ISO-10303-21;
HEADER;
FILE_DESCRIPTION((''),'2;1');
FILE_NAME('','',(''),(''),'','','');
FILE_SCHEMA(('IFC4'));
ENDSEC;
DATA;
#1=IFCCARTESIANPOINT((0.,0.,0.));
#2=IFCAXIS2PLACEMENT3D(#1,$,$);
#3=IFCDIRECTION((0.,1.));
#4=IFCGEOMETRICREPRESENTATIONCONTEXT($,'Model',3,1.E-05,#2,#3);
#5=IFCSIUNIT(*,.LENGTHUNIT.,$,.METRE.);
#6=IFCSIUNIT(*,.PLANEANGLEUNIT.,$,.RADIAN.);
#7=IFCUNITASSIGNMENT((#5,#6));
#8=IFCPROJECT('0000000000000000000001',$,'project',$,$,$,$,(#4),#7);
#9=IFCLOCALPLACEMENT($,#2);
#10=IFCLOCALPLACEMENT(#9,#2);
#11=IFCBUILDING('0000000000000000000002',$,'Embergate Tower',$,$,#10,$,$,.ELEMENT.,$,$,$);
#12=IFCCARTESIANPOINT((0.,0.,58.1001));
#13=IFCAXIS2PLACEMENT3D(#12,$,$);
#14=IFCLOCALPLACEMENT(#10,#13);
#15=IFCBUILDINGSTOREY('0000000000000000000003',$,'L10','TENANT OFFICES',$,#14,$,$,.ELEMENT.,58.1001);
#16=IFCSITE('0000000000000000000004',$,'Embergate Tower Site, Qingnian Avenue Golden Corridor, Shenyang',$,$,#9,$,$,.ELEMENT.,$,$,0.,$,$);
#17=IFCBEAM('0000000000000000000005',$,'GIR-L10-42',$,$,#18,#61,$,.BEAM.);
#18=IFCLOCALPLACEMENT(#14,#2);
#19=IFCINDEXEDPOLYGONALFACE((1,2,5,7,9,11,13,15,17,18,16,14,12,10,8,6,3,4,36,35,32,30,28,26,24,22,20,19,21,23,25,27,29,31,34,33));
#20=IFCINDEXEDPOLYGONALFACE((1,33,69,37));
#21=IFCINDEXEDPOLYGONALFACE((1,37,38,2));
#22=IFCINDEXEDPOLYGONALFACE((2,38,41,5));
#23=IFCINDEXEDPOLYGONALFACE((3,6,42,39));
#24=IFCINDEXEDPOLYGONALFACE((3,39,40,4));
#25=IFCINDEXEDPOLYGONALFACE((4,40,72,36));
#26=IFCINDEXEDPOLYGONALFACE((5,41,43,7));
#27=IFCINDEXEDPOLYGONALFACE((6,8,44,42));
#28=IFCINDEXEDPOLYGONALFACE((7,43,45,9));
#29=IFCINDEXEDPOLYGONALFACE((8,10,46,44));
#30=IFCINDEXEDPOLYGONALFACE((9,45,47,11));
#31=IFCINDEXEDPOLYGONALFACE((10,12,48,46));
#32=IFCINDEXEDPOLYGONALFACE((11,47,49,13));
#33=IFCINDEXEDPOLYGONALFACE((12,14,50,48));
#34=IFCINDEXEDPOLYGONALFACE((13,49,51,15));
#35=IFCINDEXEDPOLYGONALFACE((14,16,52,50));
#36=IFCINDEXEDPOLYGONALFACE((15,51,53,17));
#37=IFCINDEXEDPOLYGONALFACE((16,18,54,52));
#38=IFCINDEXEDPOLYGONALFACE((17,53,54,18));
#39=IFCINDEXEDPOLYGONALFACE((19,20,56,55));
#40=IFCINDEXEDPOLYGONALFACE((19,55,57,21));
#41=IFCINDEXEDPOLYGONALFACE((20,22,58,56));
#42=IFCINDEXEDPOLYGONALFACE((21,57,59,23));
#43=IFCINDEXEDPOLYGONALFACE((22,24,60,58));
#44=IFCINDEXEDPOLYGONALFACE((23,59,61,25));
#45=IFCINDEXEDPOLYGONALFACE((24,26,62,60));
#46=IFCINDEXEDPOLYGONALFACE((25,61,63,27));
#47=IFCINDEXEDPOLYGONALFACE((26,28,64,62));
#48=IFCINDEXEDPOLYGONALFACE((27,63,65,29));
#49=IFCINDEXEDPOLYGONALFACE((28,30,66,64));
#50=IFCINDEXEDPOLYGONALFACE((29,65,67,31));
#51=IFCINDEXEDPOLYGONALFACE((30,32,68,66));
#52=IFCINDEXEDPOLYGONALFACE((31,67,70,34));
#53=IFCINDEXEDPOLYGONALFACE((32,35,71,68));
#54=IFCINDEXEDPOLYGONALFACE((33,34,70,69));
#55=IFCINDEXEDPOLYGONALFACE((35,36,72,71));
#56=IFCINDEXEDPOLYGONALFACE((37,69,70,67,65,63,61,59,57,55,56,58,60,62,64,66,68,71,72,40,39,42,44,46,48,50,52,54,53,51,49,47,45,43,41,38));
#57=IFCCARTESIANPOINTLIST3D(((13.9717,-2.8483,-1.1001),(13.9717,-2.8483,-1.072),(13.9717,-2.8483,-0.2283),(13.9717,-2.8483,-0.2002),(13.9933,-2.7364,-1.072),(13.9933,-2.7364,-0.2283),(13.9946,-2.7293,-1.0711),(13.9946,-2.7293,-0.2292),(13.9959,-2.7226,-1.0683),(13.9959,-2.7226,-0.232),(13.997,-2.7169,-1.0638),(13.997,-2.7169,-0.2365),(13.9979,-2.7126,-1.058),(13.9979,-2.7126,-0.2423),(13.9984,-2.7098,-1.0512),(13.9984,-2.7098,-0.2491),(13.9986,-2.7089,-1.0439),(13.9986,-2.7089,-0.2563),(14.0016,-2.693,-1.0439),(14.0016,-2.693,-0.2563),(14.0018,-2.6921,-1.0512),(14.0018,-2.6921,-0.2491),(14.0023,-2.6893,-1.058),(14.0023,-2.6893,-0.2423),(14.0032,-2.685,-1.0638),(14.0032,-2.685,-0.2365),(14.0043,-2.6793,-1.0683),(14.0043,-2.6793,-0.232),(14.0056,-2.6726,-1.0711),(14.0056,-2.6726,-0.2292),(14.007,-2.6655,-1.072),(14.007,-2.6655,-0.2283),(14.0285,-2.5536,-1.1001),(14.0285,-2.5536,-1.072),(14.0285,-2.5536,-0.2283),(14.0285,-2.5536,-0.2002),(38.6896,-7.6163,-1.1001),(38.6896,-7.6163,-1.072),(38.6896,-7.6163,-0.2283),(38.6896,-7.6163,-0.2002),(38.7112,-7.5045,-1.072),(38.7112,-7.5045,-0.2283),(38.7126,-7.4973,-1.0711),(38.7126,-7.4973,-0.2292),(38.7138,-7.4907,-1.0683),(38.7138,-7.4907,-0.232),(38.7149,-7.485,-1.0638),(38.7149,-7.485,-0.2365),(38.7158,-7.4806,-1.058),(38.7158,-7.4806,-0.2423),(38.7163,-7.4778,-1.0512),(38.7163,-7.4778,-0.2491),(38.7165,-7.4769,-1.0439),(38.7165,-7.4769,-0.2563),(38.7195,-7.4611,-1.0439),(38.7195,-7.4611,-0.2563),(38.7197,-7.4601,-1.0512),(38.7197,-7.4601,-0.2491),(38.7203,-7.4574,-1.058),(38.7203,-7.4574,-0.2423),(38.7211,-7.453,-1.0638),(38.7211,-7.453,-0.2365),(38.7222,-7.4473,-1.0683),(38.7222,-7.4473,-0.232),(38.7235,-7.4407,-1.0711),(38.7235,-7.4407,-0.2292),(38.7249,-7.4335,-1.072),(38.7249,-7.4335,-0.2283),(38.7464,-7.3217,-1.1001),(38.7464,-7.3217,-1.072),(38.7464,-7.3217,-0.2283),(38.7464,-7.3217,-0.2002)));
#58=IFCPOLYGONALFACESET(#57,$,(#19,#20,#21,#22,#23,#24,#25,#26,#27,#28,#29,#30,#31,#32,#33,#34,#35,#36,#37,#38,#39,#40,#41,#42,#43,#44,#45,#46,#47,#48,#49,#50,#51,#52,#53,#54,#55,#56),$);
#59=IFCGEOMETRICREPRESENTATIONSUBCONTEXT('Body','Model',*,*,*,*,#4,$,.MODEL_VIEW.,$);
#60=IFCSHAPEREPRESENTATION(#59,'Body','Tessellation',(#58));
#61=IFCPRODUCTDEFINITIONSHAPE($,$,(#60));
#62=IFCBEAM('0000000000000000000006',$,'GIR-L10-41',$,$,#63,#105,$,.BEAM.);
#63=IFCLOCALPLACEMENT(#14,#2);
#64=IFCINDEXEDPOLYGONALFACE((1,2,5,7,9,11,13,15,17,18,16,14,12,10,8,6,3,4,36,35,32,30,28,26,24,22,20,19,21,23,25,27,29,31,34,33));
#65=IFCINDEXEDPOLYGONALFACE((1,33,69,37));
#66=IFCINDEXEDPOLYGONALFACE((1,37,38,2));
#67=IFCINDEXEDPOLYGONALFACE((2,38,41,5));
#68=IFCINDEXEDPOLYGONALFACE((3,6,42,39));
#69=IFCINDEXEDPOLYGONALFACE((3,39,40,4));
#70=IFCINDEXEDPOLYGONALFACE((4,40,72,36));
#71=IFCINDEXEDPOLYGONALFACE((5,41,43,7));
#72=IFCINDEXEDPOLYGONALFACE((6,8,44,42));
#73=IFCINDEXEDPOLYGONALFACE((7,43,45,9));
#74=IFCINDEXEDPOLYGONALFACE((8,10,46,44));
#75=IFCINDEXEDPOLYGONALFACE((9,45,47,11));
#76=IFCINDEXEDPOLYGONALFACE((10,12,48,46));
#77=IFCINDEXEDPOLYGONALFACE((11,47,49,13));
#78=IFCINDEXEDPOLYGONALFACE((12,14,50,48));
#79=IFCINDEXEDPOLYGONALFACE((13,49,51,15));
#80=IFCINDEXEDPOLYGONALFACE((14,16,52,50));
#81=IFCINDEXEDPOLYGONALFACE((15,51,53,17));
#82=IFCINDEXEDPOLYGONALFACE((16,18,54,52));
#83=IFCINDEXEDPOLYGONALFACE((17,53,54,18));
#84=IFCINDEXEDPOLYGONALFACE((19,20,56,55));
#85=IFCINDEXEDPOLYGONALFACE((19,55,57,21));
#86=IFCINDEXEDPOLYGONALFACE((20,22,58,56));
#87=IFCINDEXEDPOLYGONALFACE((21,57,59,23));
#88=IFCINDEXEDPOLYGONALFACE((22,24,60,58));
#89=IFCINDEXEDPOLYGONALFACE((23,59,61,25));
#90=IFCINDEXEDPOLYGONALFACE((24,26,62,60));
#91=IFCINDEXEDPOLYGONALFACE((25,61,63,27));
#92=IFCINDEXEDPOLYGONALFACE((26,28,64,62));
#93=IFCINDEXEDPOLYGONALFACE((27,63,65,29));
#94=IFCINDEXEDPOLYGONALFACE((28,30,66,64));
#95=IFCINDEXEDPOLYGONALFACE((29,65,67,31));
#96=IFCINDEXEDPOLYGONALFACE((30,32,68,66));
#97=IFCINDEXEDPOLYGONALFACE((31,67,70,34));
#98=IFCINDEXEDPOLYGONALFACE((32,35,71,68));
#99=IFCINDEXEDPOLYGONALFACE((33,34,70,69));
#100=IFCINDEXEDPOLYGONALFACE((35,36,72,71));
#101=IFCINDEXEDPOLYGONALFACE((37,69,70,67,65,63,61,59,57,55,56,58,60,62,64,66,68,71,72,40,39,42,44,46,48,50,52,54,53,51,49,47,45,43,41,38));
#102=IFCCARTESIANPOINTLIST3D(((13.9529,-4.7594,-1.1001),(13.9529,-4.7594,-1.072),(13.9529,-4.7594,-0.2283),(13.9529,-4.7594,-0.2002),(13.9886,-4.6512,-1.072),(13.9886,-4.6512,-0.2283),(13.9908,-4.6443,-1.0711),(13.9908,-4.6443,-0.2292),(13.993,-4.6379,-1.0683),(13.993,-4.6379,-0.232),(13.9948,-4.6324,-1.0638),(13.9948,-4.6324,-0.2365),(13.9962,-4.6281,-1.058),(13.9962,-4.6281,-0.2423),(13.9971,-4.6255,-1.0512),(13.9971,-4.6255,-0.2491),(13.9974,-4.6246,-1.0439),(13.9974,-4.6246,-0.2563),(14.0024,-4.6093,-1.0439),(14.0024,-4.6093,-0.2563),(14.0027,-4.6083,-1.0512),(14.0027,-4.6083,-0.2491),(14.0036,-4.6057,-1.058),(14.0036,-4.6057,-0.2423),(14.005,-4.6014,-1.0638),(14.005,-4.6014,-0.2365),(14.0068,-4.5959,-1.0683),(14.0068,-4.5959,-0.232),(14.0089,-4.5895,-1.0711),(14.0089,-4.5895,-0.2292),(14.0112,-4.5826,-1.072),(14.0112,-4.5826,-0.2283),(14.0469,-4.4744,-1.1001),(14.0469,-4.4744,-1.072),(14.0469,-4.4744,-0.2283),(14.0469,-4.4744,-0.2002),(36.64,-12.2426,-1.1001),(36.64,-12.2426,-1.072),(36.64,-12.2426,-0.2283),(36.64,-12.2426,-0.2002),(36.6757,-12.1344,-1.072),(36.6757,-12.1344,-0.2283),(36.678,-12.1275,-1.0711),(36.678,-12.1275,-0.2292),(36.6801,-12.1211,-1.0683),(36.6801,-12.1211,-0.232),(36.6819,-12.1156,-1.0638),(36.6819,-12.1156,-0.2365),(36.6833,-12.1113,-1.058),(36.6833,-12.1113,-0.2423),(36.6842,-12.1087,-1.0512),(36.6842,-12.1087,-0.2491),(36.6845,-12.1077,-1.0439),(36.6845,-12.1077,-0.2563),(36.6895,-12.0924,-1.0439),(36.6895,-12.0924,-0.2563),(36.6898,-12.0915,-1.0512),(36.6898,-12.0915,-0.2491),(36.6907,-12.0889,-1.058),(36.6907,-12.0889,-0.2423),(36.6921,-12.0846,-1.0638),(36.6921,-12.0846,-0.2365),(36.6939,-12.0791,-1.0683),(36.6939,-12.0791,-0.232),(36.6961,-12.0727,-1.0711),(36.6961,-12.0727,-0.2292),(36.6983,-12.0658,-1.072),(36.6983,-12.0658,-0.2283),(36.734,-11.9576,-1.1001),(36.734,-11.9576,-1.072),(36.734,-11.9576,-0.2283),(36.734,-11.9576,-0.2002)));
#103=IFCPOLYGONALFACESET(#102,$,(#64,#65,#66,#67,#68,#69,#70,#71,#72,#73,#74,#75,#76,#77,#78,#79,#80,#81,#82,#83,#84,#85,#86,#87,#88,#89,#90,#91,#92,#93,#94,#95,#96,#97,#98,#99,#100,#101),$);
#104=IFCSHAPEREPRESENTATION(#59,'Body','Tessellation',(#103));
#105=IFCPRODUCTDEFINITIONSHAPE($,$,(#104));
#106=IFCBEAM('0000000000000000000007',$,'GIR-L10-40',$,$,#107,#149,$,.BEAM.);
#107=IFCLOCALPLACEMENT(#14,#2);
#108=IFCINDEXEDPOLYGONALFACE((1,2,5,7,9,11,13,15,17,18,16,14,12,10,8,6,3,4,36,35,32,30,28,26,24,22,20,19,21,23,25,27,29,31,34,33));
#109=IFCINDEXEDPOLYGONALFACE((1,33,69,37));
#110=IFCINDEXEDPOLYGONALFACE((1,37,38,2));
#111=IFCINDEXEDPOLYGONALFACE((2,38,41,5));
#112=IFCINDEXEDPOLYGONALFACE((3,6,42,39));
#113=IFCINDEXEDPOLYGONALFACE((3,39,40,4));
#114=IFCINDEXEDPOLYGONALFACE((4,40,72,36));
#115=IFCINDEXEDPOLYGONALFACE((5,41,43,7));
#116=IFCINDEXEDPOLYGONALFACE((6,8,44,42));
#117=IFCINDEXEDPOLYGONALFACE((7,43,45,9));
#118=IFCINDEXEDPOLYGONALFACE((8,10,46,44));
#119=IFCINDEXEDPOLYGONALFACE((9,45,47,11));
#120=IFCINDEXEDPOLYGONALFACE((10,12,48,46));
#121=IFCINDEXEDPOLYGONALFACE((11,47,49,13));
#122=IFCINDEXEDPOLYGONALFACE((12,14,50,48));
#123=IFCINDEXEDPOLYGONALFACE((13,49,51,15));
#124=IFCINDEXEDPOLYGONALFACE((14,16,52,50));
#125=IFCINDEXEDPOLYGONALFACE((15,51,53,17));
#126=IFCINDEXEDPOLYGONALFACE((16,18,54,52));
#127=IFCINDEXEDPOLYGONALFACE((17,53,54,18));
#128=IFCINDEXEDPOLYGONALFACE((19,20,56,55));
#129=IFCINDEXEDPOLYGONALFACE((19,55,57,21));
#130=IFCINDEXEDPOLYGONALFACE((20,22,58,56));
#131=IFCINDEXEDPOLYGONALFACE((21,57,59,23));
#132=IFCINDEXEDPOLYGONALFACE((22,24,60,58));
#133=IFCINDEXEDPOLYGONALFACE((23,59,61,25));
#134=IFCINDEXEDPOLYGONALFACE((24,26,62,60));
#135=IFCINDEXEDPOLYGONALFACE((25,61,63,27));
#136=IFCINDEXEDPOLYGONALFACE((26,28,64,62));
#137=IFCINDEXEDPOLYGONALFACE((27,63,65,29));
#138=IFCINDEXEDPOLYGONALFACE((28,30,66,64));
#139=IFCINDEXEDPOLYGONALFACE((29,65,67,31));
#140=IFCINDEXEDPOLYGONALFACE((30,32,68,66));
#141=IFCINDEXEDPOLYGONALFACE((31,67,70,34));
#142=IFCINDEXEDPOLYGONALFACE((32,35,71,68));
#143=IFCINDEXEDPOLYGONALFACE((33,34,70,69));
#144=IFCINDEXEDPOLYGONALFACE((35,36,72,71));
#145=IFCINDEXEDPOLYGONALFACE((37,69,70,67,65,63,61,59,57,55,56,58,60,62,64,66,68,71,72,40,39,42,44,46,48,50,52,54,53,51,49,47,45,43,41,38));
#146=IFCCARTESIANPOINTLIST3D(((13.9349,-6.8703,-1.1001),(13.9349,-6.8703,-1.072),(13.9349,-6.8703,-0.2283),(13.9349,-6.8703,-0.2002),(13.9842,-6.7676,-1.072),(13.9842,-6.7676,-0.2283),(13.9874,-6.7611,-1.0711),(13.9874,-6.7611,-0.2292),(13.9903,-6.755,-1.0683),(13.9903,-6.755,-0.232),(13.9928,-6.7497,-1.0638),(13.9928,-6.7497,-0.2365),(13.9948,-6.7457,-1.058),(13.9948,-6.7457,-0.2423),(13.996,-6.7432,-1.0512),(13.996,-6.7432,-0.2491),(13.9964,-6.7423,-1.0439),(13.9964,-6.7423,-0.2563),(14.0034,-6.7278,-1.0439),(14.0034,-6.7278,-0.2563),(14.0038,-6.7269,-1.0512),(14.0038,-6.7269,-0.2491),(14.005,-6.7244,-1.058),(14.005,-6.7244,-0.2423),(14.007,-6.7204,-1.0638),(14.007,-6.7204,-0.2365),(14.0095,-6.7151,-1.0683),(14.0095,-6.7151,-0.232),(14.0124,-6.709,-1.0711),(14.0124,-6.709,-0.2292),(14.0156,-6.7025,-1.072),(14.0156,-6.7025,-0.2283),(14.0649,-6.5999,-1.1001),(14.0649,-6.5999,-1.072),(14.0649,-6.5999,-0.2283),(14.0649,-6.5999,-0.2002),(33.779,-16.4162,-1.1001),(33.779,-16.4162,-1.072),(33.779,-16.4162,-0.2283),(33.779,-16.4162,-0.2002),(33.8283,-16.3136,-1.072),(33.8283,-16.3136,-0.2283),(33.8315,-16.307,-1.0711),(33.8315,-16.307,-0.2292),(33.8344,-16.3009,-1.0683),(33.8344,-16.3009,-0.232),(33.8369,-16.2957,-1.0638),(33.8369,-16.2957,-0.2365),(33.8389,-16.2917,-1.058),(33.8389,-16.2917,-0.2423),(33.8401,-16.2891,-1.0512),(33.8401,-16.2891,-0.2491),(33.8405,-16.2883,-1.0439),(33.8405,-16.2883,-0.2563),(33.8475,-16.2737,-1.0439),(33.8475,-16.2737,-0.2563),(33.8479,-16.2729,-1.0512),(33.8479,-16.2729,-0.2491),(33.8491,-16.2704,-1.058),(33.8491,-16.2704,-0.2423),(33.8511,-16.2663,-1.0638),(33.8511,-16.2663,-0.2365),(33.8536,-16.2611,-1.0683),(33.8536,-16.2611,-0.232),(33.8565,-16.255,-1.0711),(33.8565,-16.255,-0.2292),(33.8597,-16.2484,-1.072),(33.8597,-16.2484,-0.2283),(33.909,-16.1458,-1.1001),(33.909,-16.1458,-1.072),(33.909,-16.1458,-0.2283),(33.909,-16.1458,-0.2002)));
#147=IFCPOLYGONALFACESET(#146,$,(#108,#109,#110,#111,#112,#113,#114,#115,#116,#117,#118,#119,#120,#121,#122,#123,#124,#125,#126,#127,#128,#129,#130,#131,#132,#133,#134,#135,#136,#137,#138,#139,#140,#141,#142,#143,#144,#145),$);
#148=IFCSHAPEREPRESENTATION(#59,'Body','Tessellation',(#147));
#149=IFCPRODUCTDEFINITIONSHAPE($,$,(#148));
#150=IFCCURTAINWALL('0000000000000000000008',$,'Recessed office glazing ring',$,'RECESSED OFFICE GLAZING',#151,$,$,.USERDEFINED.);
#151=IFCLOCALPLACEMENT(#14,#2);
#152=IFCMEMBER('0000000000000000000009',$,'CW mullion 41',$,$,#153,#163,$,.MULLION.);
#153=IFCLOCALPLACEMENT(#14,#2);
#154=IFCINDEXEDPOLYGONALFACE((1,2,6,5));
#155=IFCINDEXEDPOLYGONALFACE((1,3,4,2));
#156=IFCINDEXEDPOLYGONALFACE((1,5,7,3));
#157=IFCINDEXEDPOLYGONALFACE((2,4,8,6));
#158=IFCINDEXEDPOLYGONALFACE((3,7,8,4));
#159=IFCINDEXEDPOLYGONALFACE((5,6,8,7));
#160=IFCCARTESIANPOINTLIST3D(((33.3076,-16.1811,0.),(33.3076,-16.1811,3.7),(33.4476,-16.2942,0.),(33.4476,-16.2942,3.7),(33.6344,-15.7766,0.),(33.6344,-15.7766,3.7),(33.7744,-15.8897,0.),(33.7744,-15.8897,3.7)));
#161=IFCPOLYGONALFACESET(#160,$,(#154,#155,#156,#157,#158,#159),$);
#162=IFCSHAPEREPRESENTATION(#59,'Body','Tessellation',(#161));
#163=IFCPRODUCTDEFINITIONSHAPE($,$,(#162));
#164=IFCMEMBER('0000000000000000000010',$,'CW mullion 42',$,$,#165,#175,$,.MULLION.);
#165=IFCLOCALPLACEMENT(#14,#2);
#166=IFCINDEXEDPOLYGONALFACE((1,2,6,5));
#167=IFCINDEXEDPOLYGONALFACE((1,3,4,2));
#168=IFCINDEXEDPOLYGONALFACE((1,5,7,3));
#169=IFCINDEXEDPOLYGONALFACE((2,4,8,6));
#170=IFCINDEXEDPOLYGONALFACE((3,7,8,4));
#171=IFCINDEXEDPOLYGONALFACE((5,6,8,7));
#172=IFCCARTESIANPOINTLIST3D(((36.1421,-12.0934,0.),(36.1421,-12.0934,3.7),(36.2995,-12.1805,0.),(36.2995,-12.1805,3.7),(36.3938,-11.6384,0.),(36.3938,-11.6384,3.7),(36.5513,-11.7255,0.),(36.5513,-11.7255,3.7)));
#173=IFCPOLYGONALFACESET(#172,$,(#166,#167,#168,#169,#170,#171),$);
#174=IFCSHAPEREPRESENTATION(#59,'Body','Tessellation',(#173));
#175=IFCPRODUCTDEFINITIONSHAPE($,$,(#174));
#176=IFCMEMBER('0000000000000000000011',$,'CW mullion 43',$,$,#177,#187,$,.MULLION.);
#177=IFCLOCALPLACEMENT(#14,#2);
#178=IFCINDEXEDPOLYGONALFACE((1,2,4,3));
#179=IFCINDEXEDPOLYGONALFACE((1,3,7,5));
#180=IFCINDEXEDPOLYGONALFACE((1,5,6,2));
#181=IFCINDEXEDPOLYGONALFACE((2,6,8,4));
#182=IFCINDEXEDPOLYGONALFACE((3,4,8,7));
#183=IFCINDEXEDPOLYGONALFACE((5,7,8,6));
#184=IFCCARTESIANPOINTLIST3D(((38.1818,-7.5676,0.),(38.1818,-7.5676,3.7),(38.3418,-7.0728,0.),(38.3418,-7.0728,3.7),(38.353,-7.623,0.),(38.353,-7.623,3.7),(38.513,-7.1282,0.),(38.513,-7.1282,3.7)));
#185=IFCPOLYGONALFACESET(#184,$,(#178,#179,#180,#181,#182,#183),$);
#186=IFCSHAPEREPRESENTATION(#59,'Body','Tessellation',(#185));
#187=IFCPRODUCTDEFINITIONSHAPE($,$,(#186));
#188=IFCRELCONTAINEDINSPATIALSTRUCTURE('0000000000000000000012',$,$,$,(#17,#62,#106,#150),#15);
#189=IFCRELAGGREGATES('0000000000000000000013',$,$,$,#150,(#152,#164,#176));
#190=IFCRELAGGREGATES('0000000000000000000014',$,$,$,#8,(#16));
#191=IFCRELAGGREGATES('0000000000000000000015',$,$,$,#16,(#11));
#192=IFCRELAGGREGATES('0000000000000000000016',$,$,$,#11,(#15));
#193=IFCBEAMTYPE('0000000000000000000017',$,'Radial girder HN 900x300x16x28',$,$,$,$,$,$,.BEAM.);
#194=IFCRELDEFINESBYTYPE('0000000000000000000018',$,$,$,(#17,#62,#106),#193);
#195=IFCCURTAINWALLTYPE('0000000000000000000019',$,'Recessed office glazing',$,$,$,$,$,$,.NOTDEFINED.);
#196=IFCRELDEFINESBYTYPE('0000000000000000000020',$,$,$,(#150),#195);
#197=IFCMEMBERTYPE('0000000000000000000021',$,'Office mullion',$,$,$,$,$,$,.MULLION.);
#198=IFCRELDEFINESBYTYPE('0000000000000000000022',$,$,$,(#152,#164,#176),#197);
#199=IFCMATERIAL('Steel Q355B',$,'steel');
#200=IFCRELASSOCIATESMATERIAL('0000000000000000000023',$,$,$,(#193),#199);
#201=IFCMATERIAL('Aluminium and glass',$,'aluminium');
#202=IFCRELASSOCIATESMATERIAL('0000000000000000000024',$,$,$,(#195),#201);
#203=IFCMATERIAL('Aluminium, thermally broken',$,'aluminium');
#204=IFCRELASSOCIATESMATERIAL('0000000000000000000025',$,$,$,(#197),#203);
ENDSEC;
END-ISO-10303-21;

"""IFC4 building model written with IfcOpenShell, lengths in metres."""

from ifc_helpers import new_model, si_unit, direction, frame, origin, origin_2d, place, context, subcontext, project, spatial, rectangle, i_section, extrude, source, transform, mapped, material, material_profile, profile_set, type_object, element, aggregate, save


model = new_model("IFC4")

# Units and contexts
model_context = context("Model", 3, precision=1e-05, world=origin(), true_north=direction((0.0, 1.0)))
body_context = subcontext(model_context, "Body", "Model", "MODEL_VIEW")
ifc_project = project(units=[si_unit("LENGTHUNIT", "METRE"), si_unit("PLANEANGLEUNIT", "RADIAN")], contexts=[model_context])

# Site, building, storey
site_placement = place(None, origin())
site = spatial("IfcSite", under=ifc_project, at=site_placement, Name="Embergate Tower Site, Qingnian Avenue Golden Corridor, Shenyang", CompositionType="ELEMENT", RefElevation=0.0)
building_placement = place(site_placement, origin())
building = spatial("IfcBuilding", under=site, at=building_placement, Name="Embergate Tower", CompositionType="ELEMENT")
storey_placement = place(building_placement, frame((0.0, 0.0, 58.1001)))
storey = spatial("IfcBuildingStorey", under=building, at=storey_placement, Name="L10", Description="TENANT OFFICES", CompositionType="ELEMENT", Elevation=58.1001)

# Beams
ifc_material_1 = material(Name="Steel Q355B", Category="steel")
ifc_material_profile_1 = material_profile(ifc_material_1, i_section(OverallWidth=0.3, OverallDepth=0.8999, WebThickness=0.0161, FlangeThickness=0.0281, FilletRadius=0.0281, at=origin_2d()), Name="HN 900x300x16x28")
ifc_profile_set_1 = profile_set([ifc_material_profile_1], Name="Steel Q355 grade B")
beam_type_1 = type_object("IfcBeamType", Name="Radial girder HN 900x300x16x28", PredefinedType="BEAM", material=ifc_profile_set_1)
shared_shape_1 = source(origin(), body_context, "Body", "SweptSolid", [
    extrude(i_section(OverallWidth=0.3, OverallDepth=0.8999, WebThickness=0.0161, FlangeThickness=0.0281, FilletRadius=0.0281, at=origin_2d()), origin(), (0.0, 0.0, 1.0), 25.1736),
])
beam_1_placement = place(storey_placement, frame((38.718, -7.469, -0.6501), z_axis=(-0.981899, 0.189407, 0.0), x_axis=(-0.189407, -0.981899, 0.0)))
element("IfcBeam", 1, at=beam_1_placement, inside=storey, type_object=beam_type_1, Name="GIR-L10-42", PredefinedType="BEAM", context=body_context, shape_type="MappedRepresentation", body=[
    mapped(shared_shape_1, transform((0.0, 0.0, 0.0))),
])
shared_shape_2 = source(origin(), body_context, "Body", "SweptSolid", [
    extrude(i_section(OverallWidth=0.3, OverallDepth=0.8999, WebThickness=0.0161, FlangeThickness=0.0281, FilletRadius=0.0281, at=origin_2d()), origin(), (0.0, 0.0, 1.0), 23.8894),
])
beam_2_placement = place(storey_placement, frame((36.687, -12.1001, -0.6501), z_axis=(-0.949673, 0.313243, 0.0), x_axis=(-0.313243, -0.949673, 0.0)))
element("IfcBeam", 2, at=beam_2_placement, inside=storey, type_object=beam_type_1, Name="GIR-L10-41", PredefinedType="BEAM", context=body_context, shape_type="MappedRepresentation", body=[
    mapped(shared_shape_2, transform((0.0, 0.0, 0.0))),
])
shared_shape_3 = source(origin(), body_context, "Body", "SweptSolid", [
    extrude(i_section(OverallWidth=0.3, OverallDepth=0.8999, WebThickness=0.0161, FlangeThickness=0.0281, FilletRadius=0.0281, at=origin_2d()), origin(), (0.0, 0.0, 1.0), 22.0208),
])
beam_3_placement = place(storey_placement, frame((33.844, -16.281, -0.6501), z_axis=(-0.901155, 0.433498, 0.0), x_axis=(-0.433498, -0.901155, 0.0)))
element("IfcBeam", 3, at=beam_3_placement, inside=storey, type_object=beam_type_1, Name="GIR-L10-40", PredefinedType="BEAM", context=body_context, shape_type="MappedRepresentation", body=[
    mapped(shared_shape_3, transform((0.0, 0.0, 0.0))),
])

# Curtain wall, members
ifc_material_2 = material(Name="Aluminium and glass", Category="aluminium")
curtain_wall_type = type_object("IfcCurtainWallType", Name="Recessed office glazing", PredefinedType="NOTDEFINED", material=ifc_material_2)
curtain_wall_placement = place(storey_placement, origin())
curtain_wall = element("IfcCurtainWall", 4, at=curtain_wall_placement, inside=storey, type_object=curtain_wall_type, Name="Recessed office glazing ring", ObjectType="RECESSED OFFICE GLAZING", PredefinedType="USERDEFINED")
ifc_material_3 = material(Name="Aluminium, thermally broken", Category="aluminium")
ifc_material_profile_2 = material_profile(ifc_material_3, rectangle(XDim=0.1799, YDim=0.52, at=origin_2d()), Name="AL 520x180")
ifc_profile_set_2 = profile_set([ifc_material_profile_2], Name="Aluminium, thermally broken")
member_type_1 = type_object("IfcMemberType", Name="Office mullion", PredefinedType="MULLION", material=ifc_profile_set_2)
shared_shape_4 = source(origin(), body_context, "Body", "SweptSolid", [
    extrude(rectangle(XDim=0.1799, YDim=0.52, at=origin_2d()), origin(), (0.0, 0.0, 1.0), 3.7),
])
member_1_placement = place(storey_placement, frame((33.541, -16.0354, 0.0), z_axis=(0.0, 0.0, 1.0), x_axis=(-0.777884, 0.628408, 0.0)))
member_1 = element("IfcMember", 5, at=member_1_placement, type_object=member_type_1, Name="CW mullion 41", PredefinedType="MULLION", context=body_context, shape_type="MappedRepresentation", body=[
    mapped(shared_shape_4, transform((0.0, 0.0, 0.0))),
])
member_2_placement = place(storey_placement, frame((36.3467, -11.9094, 0.0), z_axis=(0.0, 0.0, 1.0), x_axis=(-0.87501, 0.484104, 0.0)))
member_2 = element("IfcMember", 6, at=member_2_placement, type_object=member_type_1, Name="CW mullion 42", PredefinedType="MULLION", context=body_context, shape_type="MappedRepresentation", body=[
    mapped(shared_shape_4, transform((0.0, 0.0, 0.0))),
])
member_3_placement = place(storey_placement, frame((38.3474, -7.3479, 0.0), z_axis=(0.0, 0.0, 1.0), x_axis=(-0.951502, 0.307642, 0.0)))
member_3 = element("IfcMember", 7, at=member_3_placement, type_object=member_type_1, Name="CW mullion 43", PredefinedType="MULLION", context=body_context, shape_type="MappedRepresentation", body=[
    mapped(shared_shape_4, transform((0.0, 0.0, 0.0))),
])
aggregate(curtain_wall, [member_1, member_2, member_3])

save(model, "model.ifc")
